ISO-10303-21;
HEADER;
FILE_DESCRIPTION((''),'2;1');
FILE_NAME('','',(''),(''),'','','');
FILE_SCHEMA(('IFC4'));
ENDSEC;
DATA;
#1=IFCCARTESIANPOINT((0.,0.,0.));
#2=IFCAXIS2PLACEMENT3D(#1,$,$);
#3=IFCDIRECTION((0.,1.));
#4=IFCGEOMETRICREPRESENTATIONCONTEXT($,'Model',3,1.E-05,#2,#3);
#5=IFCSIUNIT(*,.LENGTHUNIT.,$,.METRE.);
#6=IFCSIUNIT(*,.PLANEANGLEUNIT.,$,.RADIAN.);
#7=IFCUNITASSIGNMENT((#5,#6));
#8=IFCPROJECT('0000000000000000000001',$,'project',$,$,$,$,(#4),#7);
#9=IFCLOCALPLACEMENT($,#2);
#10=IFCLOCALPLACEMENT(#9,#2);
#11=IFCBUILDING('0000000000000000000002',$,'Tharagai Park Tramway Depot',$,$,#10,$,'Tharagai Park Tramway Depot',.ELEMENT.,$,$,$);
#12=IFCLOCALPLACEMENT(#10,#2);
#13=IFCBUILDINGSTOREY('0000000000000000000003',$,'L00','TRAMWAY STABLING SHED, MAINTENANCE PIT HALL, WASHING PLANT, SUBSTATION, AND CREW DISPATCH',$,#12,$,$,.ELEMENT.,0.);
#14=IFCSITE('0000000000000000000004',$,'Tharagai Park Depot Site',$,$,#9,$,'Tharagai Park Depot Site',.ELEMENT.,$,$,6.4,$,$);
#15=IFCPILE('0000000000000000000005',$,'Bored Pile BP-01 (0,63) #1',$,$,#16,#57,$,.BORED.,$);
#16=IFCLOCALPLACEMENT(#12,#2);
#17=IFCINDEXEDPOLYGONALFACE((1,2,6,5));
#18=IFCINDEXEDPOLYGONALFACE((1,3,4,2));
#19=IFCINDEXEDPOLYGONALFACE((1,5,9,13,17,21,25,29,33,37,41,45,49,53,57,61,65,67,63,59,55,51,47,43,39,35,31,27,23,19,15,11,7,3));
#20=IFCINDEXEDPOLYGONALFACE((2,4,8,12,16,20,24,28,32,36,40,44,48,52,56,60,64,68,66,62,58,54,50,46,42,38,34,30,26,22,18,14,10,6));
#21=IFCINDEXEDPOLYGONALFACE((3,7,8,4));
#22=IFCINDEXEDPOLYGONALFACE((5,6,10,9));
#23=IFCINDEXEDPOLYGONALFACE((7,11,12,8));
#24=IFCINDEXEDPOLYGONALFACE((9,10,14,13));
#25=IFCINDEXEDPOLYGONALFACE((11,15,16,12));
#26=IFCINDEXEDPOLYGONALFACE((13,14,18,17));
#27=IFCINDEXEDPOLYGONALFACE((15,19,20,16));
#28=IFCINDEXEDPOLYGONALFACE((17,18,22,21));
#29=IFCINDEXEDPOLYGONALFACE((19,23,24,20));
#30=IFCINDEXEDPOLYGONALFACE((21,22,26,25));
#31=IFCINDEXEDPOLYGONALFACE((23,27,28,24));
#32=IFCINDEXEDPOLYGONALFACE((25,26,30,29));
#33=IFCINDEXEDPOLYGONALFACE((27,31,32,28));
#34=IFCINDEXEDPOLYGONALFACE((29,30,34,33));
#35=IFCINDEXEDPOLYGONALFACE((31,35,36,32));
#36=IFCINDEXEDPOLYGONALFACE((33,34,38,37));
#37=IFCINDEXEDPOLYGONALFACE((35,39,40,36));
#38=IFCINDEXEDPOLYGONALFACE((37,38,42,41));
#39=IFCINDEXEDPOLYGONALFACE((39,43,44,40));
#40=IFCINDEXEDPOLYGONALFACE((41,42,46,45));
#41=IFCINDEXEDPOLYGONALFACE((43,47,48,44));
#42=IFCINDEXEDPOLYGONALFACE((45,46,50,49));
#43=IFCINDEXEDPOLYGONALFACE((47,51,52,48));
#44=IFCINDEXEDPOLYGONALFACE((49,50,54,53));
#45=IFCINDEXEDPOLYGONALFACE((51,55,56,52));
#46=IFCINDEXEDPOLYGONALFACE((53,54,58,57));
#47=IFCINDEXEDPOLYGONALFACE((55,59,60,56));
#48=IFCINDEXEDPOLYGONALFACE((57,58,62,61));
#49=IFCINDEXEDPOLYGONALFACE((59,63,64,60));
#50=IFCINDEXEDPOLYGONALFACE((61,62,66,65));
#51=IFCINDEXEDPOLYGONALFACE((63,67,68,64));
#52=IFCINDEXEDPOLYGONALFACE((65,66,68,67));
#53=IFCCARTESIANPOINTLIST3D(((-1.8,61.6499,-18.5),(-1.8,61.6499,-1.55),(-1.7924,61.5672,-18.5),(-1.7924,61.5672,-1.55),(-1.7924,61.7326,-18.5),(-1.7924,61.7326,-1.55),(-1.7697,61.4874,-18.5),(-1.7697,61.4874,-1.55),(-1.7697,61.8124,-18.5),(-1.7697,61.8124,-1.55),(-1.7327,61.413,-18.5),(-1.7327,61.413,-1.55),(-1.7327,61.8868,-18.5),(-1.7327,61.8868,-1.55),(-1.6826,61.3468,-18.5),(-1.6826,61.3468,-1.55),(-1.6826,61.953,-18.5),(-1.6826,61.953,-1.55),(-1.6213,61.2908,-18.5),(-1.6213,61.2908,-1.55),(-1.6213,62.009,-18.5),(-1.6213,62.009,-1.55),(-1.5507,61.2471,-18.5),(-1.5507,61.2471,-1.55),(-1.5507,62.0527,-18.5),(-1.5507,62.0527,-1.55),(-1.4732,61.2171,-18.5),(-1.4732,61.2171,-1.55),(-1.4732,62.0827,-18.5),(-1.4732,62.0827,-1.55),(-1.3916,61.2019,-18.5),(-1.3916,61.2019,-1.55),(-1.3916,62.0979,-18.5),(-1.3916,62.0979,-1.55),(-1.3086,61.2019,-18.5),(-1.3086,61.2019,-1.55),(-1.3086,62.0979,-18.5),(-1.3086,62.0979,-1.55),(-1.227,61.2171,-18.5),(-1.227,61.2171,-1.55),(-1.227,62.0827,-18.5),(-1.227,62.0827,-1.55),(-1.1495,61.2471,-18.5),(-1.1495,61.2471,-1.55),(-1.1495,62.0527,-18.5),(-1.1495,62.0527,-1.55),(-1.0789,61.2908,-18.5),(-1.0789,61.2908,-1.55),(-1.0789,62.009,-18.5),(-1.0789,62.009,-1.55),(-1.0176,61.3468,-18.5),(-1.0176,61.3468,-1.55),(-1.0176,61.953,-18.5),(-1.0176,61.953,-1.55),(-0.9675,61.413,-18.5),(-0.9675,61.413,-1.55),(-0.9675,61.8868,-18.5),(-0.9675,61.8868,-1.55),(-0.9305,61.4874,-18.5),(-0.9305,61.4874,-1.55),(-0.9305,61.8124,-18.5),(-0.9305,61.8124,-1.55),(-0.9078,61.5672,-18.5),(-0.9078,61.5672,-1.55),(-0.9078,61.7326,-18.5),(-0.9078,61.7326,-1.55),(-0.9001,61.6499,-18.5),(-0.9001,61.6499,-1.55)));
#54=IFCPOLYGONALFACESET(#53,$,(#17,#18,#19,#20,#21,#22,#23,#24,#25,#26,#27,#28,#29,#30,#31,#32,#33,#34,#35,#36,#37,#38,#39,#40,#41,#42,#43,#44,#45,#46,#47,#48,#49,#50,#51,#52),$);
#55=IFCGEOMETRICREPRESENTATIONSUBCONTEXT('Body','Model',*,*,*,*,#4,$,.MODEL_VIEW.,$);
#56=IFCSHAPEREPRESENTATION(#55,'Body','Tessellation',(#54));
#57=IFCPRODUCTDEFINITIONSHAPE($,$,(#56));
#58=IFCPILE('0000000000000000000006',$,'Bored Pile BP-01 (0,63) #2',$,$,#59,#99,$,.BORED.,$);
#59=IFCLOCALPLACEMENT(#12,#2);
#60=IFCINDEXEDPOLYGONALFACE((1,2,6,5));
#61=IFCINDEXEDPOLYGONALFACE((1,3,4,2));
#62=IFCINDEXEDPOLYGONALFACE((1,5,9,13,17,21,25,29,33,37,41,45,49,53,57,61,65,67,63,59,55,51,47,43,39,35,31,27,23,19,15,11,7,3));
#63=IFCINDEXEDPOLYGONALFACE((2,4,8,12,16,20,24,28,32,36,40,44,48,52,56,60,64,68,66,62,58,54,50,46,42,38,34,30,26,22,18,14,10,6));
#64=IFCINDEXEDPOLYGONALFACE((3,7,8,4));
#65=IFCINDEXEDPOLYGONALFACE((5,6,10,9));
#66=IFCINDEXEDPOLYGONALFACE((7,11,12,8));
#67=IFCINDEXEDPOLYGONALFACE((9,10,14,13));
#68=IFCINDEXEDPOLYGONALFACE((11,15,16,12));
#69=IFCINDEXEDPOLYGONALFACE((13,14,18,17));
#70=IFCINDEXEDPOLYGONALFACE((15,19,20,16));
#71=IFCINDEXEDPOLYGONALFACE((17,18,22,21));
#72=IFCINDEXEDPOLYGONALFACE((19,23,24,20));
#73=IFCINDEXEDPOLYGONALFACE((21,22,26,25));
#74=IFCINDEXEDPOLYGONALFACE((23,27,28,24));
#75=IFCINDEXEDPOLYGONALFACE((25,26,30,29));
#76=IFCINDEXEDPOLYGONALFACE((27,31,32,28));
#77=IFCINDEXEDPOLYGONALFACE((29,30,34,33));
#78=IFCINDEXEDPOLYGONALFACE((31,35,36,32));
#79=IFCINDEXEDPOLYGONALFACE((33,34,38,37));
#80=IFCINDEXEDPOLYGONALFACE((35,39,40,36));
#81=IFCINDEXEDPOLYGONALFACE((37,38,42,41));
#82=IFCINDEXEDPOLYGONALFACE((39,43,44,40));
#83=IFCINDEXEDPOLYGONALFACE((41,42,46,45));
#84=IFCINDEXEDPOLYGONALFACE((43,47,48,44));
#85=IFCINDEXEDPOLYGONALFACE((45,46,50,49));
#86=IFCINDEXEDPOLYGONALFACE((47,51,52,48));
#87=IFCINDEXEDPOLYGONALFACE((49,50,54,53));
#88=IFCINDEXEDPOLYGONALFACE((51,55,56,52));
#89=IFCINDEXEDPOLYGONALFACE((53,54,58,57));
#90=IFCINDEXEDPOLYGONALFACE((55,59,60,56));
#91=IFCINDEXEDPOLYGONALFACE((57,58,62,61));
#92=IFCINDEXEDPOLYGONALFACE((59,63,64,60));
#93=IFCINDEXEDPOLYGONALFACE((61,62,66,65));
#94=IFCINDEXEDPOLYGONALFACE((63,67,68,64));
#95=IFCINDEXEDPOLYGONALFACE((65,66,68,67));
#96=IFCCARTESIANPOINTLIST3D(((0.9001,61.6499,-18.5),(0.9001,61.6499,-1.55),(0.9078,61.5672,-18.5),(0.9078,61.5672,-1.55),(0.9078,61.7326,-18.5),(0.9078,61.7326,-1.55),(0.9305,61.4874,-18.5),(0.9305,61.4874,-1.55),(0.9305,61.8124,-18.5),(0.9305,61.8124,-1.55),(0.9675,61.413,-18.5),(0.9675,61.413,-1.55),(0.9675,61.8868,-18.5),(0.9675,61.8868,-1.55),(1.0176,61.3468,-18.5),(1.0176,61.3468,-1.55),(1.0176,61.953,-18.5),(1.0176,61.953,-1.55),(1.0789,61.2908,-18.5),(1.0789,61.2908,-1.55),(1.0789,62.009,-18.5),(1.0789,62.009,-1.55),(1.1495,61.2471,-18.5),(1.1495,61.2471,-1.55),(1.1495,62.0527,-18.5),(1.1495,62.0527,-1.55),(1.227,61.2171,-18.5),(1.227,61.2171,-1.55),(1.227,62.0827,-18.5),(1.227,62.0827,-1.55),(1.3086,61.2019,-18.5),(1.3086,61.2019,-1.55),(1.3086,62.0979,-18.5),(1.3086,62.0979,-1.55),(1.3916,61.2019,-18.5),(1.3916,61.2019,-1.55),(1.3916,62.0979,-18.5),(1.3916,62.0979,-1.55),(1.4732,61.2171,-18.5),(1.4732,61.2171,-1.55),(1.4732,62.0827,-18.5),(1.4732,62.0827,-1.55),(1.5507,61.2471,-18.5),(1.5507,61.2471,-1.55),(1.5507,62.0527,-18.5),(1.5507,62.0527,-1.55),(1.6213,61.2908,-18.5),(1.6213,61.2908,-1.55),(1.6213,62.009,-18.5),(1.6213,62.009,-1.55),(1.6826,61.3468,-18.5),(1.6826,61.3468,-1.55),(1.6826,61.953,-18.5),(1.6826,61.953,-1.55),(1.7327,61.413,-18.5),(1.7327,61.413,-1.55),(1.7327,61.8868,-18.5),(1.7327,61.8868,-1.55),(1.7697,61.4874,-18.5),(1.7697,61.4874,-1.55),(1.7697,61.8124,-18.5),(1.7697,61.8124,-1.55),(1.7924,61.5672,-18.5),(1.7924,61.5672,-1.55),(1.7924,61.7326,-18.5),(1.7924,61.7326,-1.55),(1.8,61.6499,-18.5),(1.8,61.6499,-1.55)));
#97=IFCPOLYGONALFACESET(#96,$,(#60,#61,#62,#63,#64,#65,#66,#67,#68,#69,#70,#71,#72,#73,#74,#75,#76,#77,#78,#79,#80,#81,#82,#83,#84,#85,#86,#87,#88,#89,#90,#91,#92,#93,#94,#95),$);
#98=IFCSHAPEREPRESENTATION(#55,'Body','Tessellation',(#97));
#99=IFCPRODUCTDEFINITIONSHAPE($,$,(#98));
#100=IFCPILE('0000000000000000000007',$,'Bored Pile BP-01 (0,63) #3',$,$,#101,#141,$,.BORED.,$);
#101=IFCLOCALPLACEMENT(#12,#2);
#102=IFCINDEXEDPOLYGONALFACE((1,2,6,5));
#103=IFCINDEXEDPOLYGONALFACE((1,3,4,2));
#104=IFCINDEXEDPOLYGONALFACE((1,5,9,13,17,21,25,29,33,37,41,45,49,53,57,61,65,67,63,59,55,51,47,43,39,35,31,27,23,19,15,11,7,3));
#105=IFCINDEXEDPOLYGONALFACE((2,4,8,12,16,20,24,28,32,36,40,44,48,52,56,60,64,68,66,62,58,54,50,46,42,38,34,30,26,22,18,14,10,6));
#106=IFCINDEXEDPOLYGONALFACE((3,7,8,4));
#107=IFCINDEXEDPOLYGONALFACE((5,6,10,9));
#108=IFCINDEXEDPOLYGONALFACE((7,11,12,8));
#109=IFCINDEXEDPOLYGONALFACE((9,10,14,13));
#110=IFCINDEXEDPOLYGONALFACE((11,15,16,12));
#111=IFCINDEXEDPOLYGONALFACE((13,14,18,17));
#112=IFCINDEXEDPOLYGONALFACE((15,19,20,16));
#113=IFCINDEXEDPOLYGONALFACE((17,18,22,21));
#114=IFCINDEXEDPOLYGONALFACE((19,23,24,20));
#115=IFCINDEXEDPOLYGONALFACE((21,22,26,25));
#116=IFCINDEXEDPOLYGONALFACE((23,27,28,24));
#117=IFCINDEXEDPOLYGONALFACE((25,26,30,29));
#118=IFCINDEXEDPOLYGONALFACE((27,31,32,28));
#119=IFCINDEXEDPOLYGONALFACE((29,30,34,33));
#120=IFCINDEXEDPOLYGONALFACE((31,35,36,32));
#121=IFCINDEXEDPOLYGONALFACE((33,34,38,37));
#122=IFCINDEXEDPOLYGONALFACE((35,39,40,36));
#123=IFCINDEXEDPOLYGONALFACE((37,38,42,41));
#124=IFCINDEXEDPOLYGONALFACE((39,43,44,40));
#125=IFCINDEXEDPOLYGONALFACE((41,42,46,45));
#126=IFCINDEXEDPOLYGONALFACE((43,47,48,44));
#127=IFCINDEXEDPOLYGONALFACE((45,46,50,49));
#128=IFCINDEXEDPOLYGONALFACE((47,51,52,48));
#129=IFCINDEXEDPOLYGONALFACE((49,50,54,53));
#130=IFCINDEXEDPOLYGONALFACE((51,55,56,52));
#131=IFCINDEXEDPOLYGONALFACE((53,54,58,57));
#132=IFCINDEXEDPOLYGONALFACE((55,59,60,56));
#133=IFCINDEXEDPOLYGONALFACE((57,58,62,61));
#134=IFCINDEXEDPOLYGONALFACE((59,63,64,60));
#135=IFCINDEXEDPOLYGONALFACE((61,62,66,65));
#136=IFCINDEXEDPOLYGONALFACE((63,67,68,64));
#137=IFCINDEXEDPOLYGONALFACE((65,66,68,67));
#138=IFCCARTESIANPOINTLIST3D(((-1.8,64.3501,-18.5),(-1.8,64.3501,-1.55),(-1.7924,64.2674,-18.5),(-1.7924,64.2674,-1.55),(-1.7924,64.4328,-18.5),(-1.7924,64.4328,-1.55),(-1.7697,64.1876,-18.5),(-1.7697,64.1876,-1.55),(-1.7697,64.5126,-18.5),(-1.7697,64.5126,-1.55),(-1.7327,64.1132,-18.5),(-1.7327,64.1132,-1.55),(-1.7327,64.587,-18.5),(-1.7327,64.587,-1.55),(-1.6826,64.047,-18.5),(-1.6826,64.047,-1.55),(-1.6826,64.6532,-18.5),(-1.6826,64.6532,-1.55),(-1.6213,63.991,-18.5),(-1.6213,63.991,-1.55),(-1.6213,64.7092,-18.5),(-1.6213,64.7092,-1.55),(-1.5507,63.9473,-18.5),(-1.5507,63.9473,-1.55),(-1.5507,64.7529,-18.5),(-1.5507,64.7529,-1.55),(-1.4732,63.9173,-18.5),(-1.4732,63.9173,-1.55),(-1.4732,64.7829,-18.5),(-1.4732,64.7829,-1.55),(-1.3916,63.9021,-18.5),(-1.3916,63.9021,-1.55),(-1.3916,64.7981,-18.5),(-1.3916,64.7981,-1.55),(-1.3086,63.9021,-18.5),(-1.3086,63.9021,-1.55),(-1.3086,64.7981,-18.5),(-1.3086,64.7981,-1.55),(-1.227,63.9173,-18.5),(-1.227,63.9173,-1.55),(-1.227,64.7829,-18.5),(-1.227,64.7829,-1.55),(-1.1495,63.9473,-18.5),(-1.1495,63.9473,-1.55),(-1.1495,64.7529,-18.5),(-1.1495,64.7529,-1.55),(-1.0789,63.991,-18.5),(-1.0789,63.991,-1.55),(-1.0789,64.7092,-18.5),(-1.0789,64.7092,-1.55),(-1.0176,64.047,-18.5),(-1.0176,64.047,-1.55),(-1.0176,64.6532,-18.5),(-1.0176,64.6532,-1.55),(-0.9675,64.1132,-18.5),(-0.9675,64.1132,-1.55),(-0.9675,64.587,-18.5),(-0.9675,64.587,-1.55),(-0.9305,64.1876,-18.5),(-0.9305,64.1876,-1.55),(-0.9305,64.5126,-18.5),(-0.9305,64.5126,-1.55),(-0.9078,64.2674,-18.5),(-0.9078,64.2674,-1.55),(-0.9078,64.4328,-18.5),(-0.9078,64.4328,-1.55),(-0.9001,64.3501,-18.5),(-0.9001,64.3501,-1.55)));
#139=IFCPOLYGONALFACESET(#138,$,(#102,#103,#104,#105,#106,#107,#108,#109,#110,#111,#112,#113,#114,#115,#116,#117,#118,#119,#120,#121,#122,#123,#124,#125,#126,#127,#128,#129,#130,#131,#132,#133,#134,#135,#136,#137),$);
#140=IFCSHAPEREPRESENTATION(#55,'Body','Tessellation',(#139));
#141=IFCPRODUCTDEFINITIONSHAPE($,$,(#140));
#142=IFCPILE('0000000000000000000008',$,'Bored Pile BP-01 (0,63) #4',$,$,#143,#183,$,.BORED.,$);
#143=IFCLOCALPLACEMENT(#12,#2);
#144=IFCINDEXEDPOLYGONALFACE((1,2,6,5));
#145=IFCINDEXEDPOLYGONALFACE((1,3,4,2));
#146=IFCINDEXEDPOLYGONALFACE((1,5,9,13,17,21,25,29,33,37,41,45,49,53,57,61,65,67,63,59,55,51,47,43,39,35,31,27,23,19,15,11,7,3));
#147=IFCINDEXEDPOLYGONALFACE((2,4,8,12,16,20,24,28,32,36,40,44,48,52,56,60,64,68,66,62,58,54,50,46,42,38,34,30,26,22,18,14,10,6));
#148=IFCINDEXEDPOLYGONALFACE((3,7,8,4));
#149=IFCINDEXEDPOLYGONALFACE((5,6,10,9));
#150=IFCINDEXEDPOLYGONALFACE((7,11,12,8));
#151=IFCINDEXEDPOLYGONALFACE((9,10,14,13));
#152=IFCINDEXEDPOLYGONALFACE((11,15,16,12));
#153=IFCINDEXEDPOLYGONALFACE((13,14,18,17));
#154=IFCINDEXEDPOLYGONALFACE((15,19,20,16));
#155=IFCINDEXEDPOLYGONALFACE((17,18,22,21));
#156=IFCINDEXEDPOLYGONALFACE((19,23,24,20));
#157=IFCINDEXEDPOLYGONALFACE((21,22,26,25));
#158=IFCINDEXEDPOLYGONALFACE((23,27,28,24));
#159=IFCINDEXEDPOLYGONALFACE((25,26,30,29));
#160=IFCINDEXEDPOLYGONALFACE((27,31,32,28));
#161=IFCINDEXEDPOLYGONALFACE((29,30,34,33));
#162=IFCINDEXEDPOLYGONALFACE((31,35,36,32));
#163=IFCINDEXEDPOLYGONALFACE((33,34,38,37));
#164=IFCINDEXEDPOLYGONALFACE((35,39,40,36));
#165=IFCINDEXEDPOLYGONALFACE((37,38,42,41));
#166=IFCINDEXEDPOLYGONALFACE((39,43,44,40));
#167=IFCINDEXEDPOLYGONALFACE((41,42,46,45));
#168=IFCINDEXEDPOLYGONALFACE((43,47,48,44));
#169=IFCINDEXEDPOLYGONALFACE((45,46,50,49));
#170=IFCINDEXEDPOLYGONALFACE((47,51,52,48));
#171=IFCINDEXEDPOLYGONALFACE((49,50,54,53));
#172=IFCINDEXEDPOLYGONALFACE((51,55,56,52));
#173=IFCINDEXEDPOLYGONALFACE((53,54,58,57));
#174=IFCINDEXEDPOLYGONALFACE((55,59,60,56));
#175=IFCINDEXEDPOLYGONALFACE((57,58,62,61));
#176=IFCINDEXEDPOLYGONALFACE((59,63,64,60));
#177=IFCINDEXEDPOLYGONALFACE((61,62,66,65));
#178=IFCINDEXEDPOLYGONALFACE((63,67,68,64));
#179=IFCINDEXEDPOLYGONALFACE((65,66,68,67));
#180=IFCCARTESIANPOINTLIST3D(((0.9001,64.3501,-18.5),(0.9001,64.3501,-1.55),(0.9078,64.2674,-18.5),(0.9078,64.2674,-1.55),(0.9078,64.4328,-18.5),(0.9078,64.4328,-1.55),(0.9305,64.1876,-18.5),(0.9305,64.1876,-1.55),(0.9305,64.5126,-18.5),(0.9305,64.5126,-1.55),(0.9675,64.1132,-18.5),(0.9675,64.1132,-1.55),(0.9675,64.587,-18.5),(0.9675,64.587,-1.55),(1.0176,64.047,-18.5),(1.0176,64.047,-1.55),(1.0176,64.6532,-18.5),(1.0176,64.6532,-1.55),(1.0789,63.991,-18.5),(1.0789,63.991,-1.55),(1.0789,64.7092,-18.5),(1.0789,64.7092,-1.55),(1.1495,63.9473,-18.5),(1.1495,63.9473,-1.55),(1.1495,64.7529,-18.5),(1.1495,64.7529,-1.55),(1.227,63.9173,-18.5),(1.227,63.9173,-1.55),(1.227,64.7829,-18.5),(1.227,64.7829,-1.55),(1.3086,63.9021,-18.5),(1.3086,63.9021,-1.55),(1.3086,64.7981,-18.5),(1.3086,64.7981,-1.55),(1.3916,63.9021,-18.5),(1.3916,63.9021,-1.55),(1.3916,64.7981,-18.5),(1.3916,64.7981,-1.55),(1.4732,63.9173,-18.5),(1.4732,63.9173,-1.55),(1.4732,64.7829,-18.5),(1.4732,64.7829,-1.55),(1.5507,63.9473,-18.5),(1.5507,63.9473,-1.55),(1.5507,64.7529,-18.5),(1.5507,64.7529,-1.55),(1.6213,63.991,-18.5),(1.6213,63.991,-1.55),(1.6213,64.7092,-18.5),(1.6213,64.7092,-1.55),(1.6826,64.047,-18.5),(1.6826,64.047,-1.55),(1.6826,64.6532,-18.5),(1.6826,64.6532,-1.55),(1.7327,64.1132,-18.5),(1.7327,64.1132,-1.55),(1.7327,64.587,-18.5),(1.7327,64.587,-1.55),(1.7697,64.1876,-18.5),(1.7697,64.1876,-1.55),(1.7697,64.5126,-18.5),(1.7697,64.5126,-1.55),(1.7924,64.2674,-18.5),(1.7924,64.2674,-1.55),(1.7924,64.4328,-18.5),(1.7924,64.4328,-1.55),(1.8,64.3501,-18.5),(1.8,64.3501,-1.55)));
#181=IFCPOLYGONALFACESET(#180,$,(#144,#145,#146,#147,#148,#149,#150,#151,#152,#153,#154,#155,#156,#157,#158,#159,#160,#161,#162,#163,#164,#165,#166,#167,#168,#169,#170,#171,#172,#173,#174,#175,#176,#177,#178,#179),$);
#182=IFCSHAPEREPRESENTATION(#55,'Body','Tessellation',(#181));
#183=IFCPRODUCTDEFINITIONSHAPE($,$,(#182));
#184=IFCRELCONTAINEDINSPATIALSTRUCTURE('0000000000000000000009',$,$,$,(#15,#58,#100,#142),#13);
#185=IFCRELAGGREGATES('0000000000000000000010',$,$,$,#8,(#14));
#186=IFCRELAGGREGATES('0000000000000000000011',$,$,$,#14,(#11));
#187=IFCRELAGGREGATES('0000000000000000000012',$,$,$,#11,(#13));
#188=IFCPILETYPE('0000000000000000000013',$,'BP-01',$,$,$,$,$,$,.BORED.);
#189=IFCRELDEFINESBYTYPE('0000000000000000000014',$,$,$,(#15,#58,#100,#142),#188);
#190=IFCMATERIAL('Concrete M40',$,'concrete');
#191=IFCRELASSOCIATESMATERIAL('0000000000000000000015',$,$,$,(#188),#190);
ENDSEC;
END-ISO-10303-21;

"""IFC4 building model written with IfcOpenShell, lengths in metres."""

from ifc_helpers import new_model, si_unit, direction, frame, origin, origin_2d, place, context, subcontext, project, spatial, circle, extrude, material, material_profile, profile_set, type_object, element, save


model = new_model("IFC4")

# Units and contexts
model_context = context("Model", 3, precision=1e-05, world=origin(), true_north=direction((0.0, 1.0)))
body_context = subcontext(model_context, "Body", "Model", "MODEL_VIEW")
ifc_project = project(units=[si_unit("LENGTHUNIT", "METRE"), si_unit("PLANEANGLEUNIT", "RADIAN")], contexts=[model_context])

# Site, building, storey
site_placement = place(None, origin())
site = spatial("IfcSite", under=ifc_project, at=site_placement, Name="Tharagai Park Depot Site", LongName="Tharagai Park Depot Site", CompositionType="ELEMENT", RefElevation=6.4)
building_placement = place(site_placement, origin())
building = spatial("IfcBuilding", under=site, at=building_placement, Name="Tharagai Park Tramway Depot", LongName="Tharagai Park Tramway Depot", CompositionType="ELEMENT")
storey_placement = place(building_placement, origin())
storey = spatial("IfcBuildingStorey", under=building, at=storey_placement, Name="L00", Description="TRAMWAY STABLING SHED, MAINTENANCE PIT HALL, WASHING PLANT, SUBSTATION, AND CREW DISPATCH", CompositionType="ELEMENT", Elevation=0.0)

# Piles
ifc_material_1 = material(Name="Concrete M40", Category="concrete")
ifc_material_profile_1 = material_profile(ifc_material_1, circle(Radius=0.45, at=origin_2d()), Name="PILE D900")
ifc_profile_set_1 = profile_set([ifc_material_profile_1], Name="Concrete M40")
pile_type = type_object("IfcPileType", Name="BP-01", PredefinedType="BORED", material=ifc_profile_set_1)
for number, where, z_axis, x_axis, name in (
    (1, (-1.3501, 61.6499, -1.55), (0.0, 0.0, -1.0), (1.0, 0.0, 0.0), "Bored Pile BP-01 (0,63) #1"),
    (2, (1.3501, 61.6499, -1.55), (0.0, 0.0, -1.0), (1.0, 0.0, 0.0), "Bored Pile BP-01 (0,63) #2"),
    (3, (-1.3501, 64.3501, -1.55), (0.0, 0.0, -1.0), (1.0, 0.0, 0.0), "Bored Pile BP-01 (0,63) #3"),
    (4, (1.3501, 64.3501, -1.55), (0.0, 0.0, -1.0), (1.0, 0.0, 0.0), "Bored Pile BP-01 (0,63) #4"),
):
    element("IfcPile", number, at=place(storey_placement, frame(where, z_axis=z_axis, x_axis=x_axis)), inside=storey, type_object=pile_type, Name=name, PredefinedType="BORED", context=body_context, shape_type="SweptSolid", body=[
        extrude(circle(Radius=0.45, at=origin_2d()), origin(), (0.0, 0.0, 1.0), 16.95),
    ])

save(model, "model.ifc")
